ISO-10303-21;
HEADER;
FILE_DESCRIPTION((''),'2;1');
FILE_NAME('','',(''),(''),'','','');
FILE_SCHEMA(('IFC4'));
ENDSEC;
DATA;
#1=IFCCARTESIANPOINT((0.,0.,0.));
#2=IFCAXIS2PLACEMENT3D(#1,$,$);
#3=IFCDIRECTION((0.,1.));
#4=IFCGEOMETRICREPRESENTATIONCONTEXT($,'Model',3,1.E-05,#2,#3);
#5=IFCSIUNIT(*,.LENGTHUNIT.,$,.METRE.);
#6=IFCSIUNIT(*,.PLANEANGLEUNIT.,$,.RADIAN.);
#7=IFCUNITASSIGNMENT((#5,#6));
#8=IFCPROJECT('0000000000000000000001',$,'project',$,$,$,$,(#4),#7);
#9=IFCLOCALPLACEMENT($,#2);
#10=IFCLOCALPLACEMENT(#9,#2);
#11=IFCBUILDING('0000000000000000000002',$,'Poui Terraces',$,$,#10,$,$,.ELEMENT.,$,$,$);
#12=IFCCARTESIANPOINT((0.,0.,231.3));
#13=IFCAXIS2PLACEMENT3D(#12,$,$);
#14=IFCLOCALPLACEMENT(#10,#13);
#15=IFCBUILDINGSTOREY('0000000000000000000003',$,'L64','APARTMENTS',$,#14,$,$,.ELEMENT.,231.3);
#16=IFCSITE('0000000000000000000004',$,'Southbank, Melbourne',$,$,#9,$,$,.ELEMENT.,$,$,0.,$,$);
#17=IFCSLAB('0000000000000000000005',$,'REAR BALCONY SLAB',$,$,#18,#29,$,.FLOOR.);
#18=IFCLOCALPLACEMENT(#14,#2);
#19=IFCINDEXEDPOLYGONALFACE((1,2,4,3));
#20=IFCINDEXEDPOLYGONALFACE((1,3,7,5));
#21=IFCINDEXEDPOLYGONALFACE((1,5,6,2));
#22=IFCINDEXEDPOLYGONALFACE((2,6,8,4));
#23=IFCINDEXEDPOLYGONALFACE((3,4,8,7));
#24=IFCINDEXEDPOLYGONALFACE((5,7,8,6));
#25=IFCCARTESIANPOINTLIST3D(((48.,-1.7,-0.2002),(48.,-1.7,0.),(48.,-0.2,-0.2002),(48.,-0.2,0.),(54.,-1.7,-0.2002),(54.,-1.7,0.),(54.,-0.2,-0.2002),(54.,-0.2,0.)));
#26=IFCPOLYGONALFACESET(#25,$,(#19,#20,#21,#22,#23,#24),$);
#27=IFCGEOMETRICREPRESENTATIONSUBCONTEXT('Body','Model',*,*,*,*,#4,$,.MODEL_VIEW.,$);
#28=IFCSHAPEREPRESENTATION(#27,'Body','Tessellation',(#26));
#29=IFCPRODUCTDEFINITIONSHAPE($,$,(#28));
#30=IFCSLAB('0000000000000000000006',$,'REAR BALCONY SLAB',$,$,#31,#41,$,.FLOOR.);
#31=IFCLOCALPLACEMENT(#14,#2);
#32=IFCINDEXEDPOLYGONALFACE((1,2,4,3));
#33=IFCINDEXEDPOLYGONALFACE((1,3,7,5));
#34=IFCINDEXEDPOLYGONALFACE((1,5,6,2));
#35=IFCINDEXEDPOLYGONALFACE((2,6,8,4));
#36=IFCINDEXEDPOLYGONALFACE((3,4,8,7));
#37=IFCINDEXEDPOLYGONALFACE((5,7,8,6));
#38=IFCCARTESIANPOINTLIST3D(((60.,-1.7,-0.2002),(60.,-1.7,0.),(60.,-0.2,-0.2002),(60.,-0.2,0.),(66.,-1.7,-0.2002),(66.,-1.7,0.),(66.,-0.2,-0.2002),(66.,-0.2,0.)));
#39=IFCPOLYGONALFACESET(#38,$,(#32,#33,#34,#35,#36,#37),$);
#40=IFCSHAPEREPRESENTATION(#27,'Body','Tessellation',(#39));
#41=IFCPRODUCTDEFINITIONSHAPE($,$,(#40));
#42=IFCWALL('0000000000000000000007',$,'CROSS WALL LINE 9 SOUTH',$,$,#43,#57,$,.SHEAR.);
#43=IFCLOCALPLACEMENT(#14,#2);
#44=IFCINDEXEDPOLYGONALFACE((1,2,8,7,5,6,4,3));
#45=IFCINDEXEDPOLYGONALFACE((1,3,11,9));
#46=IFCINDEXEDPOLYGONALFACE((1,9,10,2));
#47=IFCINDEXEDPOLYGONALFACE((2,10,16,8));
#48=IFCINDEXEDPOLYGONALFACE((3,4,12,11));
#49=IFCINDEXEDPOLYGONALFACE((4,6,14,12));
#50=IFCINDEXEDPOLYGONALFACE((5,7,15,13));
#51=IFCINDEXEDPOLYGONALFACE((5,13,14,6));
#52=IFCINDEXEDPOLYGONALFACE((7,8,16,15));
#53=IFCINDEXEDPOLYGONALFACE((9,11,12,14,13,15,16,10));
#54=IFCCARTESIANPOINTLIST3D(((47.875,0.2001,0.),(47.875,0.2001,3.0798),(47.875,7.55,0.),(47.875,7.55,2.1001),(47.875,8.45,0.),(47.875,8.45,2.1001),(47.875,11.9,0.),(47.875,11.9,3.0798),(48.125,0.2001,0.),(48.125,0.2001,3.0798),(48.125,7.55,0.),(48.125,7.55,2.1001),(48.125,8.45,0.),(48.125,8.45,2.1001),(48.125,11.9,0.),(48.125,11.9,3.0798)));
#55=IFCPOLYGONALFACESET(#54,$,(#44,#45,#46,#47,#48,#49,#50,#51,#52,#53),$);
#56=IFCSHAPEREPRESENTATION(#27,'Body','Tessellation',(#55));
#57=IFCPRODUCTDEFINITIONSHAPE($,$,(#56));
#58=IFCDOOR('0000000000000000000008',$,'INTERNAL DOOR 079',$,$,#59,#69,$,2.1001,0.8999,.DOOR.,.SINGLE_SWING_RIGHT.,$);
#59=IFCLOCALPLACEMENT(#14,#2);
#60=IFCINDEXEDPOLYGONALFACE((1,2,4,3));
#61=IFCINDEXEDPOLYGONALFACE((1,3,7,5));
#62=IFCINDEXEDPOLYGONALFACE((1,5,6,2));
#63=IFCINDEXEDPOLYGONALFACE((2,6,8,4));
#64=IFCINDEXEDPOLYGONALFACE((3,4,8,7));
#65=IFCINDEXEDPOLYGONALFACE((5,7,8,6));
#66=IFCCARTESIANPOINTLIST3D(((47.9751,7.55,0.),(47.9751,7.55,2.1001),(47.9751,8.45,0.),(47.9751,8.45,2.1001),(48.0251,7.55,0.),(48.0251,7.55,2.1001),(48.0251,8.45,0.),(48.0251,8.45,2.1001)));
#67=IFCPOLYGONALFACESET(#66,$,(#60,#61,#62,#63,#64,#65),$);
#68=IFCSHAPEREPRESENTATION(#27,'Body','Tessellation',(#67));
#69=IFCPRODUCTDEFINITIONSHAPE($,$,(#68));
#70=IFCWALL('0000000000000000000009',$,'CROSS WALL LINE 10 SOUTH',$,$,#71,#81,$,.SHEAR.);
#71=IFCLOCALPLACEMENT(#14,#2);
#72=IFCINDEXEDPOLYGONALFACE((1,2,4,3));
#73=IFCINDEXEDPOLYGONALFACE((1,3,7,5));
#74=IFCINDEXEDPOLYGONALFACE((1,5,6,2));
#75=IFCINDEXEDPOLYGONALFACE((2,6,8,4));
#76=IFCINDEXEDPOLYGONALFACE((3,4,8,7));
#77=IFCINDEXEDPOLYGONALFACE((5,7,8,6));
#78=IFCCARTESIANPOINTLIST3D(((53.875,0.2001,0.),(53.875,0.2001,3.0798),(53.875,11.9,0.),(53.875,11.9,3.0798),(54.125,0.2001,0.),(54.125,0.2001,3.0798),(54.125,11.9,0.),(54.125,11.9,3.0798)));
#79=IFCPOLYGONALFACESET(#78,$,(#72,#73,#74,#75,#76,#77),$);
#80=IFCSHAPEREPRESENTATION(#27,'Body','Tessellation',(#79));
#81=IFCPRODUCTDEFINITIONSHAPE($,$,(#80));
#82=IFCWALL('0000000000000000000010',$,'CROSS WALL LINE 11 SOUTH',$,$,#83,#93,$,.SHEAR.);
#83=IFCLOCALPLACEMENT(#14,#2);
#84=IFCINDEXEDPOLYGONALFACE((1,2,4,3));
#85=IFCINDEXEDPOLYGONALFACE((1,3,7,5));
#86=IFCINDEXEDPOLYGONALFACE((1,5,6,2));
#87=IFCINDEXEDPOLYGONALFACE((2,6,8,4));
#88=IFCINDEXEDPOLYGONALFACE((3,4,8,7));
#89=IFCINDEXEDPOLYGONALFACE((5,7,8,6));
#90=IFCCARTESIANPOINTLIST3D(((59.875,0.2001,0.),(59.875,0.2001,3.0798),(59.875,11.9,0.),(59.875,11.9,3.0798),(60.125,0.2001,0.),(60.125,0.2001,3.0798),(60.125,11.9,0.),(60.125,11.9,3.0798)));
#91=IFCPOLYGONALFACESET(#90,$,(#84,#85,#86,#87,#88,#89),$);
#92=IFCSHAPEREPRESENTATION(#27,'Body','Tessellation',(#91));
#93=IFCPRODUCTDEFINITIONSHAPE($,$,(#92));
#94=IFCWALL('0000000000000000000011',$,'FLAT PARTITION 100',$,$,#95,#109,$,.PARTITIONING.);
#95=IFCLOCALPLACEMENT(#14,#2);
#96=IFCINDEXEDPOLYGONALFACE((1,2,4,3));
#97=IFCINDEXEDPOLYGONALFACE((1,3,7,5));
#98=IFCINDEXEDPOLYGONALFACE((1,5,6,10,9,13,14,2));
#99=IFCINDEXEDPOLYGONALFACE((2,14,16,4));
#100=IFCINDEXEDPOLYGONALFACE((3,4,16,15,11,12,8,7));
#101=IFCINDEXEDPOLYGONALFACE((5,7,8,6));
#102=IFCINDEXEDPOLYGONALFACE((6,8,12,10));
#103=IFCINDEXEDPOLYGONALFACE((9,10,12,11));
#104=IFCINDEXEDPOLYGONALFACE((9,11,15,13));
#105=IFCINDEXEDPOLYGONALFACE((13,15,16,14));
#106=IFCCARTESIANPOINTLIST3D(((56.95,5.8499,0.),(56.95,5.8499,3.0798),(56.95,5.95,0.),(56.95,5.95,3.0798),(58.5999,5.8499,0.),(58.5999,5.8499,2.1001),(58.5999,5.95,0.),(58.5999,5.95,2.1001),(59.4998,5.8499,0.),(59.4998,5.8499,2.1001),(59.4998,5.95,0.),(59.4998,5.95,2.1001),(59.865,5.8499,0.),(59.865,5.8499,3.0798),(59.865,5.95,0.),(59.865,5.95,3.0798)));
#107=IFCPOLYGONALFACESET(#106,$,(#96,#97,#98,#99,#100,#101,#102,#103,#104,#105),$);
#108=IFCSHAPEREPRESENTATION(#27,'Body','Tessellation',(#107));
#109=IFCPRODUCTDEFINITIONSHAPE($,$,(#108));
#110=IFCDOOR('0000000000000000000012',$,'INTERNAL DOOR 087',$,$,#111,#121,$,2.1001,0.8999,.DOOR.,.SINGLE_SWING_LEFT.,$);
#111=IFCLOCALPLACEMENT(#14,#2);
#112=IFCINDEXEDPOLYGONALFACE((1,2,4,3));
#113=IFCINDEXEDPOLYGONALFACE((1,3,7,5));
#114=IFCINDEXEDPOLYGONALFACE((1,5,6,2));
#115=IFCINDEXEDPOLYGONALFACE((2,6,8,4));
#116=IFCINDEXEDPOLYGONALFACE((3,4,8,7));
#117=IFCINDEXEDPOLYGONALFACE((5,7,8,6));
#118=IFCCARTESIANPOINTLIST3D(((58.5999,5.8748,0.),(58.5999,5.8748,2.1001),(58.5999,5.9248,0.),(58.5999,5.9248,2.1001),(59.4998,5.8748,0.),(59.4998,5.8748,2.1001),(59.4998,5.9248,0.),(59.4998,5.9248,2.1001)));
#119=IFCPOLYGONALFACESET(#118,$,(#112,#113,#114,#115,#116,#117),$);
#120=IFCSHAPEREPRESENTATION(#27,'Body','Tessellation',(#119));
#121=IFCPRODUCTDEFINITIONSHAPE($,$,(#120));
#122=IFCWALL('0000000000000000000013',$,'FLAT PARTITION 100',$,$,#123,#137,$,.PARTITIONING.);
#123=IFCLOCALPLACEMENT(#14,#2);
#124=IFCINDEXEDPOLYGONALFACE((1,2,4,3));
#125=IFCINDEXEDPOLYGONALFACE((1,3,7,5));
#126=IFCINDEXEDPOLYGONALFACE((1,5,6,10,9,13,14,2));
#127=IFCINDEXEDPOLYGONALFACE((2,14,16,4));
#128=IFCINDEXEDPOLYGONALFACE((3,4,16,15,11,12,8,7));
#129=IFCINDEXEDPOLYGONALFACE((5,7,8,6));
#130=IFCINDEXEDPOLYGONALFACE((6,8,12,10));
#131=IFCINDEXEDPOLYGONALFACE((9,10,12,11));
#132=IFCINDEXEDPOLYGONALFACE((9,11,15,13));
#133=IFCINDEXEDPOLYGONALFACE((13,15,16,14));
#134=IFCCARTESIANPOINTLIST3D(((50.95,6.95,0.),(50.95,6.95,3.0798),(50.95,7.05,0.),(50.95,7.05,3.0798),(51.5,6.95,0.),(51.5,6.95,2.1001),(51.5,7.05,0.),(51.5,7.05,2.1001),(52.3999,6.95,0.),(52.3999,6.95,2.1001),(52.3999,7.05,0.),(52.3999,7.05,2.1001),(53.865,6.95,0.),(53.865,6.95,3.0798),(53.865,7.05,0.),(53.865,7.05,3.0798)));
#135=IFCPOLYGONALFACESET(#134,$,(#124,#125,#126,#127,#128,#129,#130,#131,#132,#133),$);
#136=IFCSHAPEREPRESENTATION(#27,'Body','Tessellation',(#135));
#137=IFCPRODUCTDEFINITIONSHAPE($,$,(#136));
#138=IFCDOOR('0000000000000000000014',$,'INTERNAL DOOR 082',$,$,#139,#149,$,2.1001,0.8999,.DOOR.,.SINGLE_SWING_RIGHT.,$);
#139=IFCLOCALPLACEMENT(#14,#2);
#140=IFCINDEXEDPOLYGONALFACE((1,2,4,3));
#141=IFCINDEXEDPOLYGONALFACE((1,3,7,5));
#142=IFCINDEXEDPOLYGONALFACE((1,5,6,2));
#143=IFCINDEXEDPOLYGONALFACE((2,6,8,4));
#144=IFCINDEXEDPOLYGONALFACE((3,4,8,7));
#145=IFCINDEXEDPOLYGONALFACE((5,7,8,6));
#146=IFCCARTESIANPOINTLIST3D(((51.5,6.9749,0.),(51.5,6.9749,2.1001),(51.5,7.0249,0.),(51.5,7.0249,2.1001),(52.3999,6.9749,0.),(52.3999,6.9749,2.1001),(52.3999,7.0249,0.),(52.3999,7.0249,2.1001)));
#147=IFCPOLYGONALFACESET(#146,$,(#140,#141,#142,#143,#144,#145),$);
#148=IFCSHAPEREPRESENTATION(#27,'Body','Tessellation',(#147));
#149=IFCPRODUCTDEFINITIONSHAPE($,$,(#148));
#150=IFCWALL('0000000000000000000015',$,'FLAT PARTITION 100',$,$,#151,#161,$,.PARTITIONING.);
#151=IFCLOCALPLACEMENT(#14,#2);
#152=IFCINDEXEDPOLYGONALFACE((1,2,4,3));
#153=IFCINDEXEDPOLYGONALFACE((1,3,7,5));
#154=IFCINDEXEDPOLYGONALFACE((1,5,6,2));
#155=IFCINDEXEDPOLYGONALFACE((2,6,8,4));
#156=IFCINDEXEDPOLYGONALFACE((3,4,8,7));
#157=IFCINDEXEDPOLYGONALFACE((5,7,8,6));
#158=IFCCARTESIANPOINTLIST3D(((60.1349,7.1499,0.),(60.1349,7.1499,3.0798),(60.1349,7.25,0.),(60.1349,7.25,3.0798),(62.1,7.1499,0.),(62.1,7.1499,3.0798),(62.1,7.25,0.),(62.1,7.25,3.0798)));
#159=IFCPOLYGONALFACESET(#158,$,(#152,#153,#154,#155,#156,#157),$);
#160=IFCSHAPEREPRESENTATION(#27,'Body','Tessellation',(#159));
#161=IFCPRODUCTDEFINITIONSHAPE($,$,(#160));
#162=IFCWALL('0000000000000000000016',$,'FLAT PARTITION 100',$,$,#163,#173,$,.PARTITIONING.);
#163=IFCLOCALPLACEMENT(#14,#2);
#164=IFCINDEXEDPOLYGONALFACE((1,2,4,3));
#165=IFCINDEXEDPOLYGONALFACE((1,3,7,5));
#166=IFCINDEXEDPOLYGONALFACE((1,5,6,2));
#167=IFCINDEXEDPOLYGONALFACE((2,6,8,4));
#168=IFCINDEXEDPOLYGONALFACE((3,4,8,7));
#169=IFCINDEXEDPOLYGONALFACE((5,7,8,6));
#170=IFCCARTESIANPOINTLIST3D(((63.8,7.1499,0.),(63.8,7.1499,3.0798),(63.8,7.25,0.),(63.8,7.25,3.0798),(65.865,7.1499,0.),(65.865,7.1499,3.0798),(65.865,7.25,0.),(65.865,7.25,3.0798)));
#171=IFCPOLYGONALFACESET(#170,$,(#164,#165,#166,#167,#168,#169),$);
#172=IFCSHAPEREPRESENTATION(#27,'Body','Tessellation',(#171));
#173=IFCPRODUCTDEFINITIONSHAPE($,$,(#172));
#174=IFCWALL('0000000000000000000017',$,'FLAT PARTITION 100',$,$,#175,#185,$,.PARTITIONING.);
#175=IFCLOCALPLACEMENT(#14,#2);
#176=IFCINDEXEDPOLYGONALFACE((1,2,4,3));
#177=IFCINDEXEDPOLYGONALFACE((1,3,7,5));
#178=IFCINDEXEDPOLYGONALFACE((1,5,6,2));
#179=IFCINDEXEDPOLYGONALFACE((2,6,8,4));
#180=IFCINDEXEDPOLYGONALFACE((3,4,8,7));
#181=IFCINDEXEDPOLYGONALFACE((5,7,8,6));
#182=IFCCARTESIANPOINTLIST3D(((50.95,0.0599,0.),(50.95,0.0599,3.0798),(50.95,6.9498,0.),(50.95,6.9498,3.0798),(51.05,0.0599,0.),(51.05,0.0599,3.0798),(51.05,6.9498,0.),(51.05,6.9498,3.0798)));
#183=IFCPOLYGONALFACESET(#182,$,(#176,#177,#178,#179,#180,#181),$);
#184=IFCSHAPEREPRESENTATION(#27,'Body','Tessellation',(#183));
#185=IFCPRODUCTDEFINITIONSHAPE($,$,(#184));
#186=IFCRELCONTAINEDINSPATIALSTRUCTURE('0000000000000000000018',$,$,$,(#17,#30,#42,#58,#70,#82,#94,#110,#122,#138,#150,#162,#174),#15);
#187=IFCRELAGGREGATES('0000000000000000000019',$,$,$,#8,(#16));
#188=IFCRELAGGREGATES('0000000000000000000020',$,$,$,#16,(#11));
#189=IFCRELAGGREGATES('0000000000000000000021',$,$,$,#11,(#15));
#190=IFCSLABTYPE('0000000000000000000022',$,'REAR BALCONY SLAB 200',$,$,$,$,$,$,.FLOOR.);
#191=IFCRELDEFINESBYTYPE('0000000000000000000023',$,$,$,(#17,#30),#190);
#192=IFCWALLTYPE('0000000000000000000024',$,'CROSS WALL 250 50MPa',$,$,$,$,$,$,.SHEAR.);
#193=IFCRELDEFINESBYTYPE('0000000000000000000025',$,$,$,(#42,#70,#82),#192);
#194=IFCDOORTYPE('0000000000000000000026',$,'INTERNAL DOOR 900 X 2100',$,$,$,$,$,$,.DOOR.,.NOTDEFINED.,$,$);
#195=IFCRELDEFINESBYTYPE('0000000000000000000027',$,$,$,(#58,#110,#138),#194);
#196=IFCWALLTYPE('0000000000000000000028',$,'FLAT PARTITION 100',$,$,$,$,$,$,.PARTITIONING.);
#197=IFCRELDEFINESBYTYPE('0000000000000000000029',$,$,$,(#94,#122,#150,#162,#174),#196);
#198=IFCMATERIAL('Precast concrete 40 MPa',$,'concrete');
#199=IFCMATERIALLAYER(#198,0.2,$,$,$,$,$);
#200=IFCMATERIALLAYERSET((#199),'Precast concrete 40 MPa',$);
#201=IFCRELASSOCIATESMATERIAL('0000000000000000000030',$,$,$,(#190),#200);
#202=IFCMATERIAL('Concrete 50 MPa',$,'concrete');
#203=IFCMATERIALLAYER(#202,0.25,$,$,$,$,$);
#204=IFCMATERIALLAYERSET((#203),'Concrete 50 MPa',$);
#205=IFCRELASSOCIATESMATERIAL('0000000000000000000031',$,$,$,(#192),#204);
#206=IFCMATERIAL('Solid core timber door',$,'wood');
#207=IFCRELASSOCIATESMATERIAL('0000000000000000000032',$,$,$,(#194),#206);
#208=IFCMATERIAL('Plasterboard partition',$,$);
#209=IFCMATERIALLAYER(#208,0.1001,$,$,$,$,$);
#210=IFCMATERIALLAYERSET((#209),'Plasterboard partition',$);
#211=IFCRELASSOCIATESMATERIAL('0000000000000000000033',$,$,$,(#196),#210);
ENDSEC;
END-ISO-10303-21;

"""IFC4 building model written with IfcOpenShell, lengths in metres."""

from ifc_helpers import new_model, si_unit, direction, frame, frame_2d, origin, place, context, subcontext, project, spatial, polyline, rectangle, outline, extrude, source, transform, mapped, material, layer, layer_set, type_object, element, fill, save


model = new_model("IFC4")

# Units and contexts
model_context = context("Model", 3, precision=1e-05, world=origin(), true_north=direction((0.0, 1.0)))
body_context = subcontext(model_context, "Body", "Model", "MODEL_VIEW")
ifc_project = project(units=[si_unit("LENGTHUNIT", "METRE"), si_unit("PLANEANGLEUNIT", "RADIAN")], contexts=[model_context])

# Site, building, storey
site_placement = place(None, origin())
site = spatial("IfcSite", under=ifc_project, at=site_placement, Name="Southbank, Melbourne", CompositionType="ELEMENT", RefElevation=0.0)
building_placement = place(site_placement, origin())
building = spatial("IfcBuilding", under=site, at=building_placement, Name="Poui Terraces", CompositionType="ELEMENT")
storey_placement = place(building_placement, frame((0.0, 0.0, 231.3)))
storey = spatial("IfcBuildingStorey", under=building, at=storey_placement, Name="L64", Description="APARTMENTS", CompositionType="ELEMENT", Elevation=231.3)

# Slabs
ifc_material_1 = material(Name="Precast concrete 40 MPa", Category="concrete")
ifc_layer_1 = layer(ifc_material_1, 0.2)
ifc_layer_set_1 = layer_set([ifc_layer_1], Name="Precast concrete 40 MPa")
slab_type = type_object("IfcSlabType", Name="REAR BALCONY SLAB 200", PredefinedType="FLOOR", material=ifc_layer_set_1)
shared_shape_1 = source(origin(), body_context, "Body", "SweptSolid", [
    extrude(outline(polyline([(0.0, 0.0), (6.0, 0.0), (6.0, 1.5), (0.0, 1.5), (0.0, 0.0)])), origin(), (0.0, 0.0, 1.0), 0.2002),
])
for number, where, name in (
    (1, (48.0, -1.7, -0.2002), "REAR BALCONY SLAB"),
    (2, (60.0, -1.7, -0.2002), "REAR BALCONY SLAB"),
):
    element("IfcSlab", number, at=place(storey_placement, frame(where)), inside=storey, type_object=slab_type, Name=name, PredefinedType="FLOOR", context=body_context, shape_type="MappedRepresentation", body=[
        mapped(shared_shape_1, transform((0.0, 0.0, 0.0))),
    ])

# Wall, opening, door
ifc_material_2 = material(Name="Concrete 50 MPa", Category="concrete")
ifc_layer_2 = layer(ifc_material_2, 0.25)
ifc_layer_set_2 = layer_set([ifc_layer_2], Name="Concrete 50 MPa")
wall_type_1 = type_object("IfcWallType", Name="CROSS WALL 250 50MPa", PredefinedType="SHEAR", material=ifc_layer_set_2)
wall_1_placement = place(storey_placement, frame((48.0, 0.2, 0.0), z_axis=(0.0, 0.0, 1.0), x_axis=(0.0, 1.0, 0.0)))
wall_1 = element("IfcWall", 3, at=wall_1_placement, inside=storey, type_object=wall_type_1, Name="CROSS WALL LINE 9 SOUTH", PredefinedType="SHEAR", context=body_context, shape_type="SweptSolid", body=[
    extrude(rectangle(XDim=11.7, YDim=0.25, at=frame_2d((5.8501, 0.0))), origin(), (0.0, 0.0, 1.0), 3.0798),
])
opening_1_placement = place(wall_1_placement, frame((7.3501, 0.0, 0.0)))
opening_1 = element("IfcOpeningElement", 4, at=opening_1_placement, cuts=wall_1, PredefinedType="OPENING", context=body_context, shape_type="SweptSolid", body=[
    extrude(rectangle(XDim=0.8999, YDim=2.1001, at=frame_2d((0.45, 1.05))), frame((0.0, 0.135, 0.0), z_axis=(0.0, -1.0, 0.0), x_axis=(1.0, 0.0, 0.0)), (0.0, 0.0, 1.0), 0.27),
])
ifc_material_3 = material(Name="Solid core timber door", Category="wood")
door_type_1 = type_object("IfcDoorType", Name="INTERNAL DOOR 900 X 2100", OperationType="NOTDEFINED", PredefinedType="DOOR", material=ifc_material_3)
door_1_placement = place(opening_1_placement, origin())
door_1 = element("IfcDoor", 5, at=door_1_placement, inside=storey, type_object=door_type_1, Name="INTERNAL DOOR 079", OperationType="SINGLE_SWING_RIGHT", OverallHeight=2.1001, OverallWidth=0.8999, PredefinedType="DOOR", context=body_context, shape_type="SweptSolid", body=[
    extrude(rectangle(XDim=0.8999, YDim=2.1001, at=frame_2d((0.45, 1.05))), frame((0.0, 0.0249, 0.0), z_axis=(0.0, -1.0, 0.0), x_axis=(1.0, 0.0, 0.0)), (0.0, 0.0, 1.0), 0.05),
])
fill(opening_1, door_1)

# Walls
for number, where, z_axis, x_axis, name in (
    (6, (54.0, 0.2, 0.0), (0.0, 0.0, 1.0), (0.0, 1.0, 0.0), "CROSS WALL LINE 10 SOUTH"),
    (7, (60.0, 0.2, 0.0), (0.0, 0.0, 1.0), (0.0, 1.0, 0.0), "CROSS WALL LINE 11 SOUTH"),
):
    element("IfcWall", number, at=place(storey_placement, frame(where, z_axis=z_axis, x_axis=x_axis)), inside=storey, type_object=wall_type_1, Name=name, PredefinedType="SHEAR", context=body_context, shape_type="SweptSolid", body=[
        extrude(rectangle(XDim=11.7, YDim=0.25, at=frame_2d((5.8501, 0.0))), origin(), (0.0, 0.0, 1.0), 3.0798),
    ])

# Walls, openings, doors
ifc_material_4 = material(Name="Plasterboard partition")
ifc_layer_3 = layer(ifc_material_4, 0.1001)
ifc_layer_set_3 = layer_set([ifc_layer_3], Name="Plasterboard partition")
wall_type_2 = type_object("IfcWallType", Name="FLAT PARTITION 100", PredefinedType="PARTITIONING", material=ifc_layer_set_3)
wall_2_placement = place(storey_placement, frame((56.95, 5.8999, 0.0), z_axis=(0.0, 0.0, 1.0), x_axis=(1.0, 0.0, 0.0)))
wall_2 = element("IfcWall", 8, at=wall_2_placement, inside=storey, type_object=wall_type_2, Name="FLAT PARTITION 100", PredefinedType="PARTITIONING", context=body_context, shape_type="SweptSolid", body=[
    extrude(rectangle(XDim=2.915, YDim=0.1001, at=frame_2d((1.4575, 0.0))), origin(), (0.0, 0.0, 1.0), 3.0798),
])
opening_2_placement = place(wall_2_placement, frame((1.6499, 0.0, 0.0)))
opening_2 = element("IfcOpeningElement", 9, at=opening_2_placement, cuts=wall_2, PredefinedType="OPENING", context=body_context, shape_type="SweptSolid", body=[
    extrude(rectangle(XDim=0.8999, YDim=2.1001, at=frame_2d((0.45, 1.05))), frame((0.0, 0.0601, 0.0), z_axis=(0.0, -1.0, 0.0), x_axis=(1.0, 0.0, 0.0)), (0.0, 0.0, 1.0), 0.1201),
])
door_2_placement = place(opening_2_placement, origin())
door_2 = element("IfcDoor", 10, at=door_2_placement, inside=storey, type_object=door_type_1, Name="INTERNAL DOOR 087", OperationType="SINGLE_SWING_LEFT", OverallHeight=2.1001, OverallWidth=0.8999, PredefinedType="DOOR", context=body_context, shape_type="SweptSolid", body=[
    extrude(rectangle(XDim=0.8999, YDim=2.1001, at=frame_2d((0.45, 1.05))), frame((0.0, 0.0249, 0.0), z_axis=(0.0, -1.0, 0.0), x_axis=(1.0, 0.0, 0.0)), (0.0, 0.0, 1.0), 0.05),
])
fill(opening_2, door_2)
wall_3_placement = place(storey_placement, frame((50.95, 7.0, 0.0), z_axis=(0.0, 0.0, 1.0), x_axis=(1.0, 0.0, 0.0)))
wall_3 = element("IfcWall", 11, at=wall_3_placement, inside=storey, type_object=wall_type_2, Name="FLAT PARTITION 100", PredefinedType="PARTITIONING", context=body_context, shape_type="SweptSolid", body=[
    extrude(rectangle(XDim=2.915, YDim=0.1001, at=frame_2d((1.4575, 0.0))), origin(), (0.0, 0.0, 1.0), 3.0798),
])
opening_3_placement = place(wall_3_placement, frame((0.55, 0.0, 0.0)))
opening_3 = element("IfcOpeningElement", 12, at=opening_3_placement, cuts=wall_3, PredefinedType="OPENING", context=body_context, shape_type="SweptSolid", body=[
    extrude(rectangle(XDim=0.8999, YDim=2.1001, at=frame_2d((0.45, 1.05))), frame((0.0, 0.0601, 0.0), z_axis=(0.0, -1.0, 0.0), x_axis=(1.0, 0.0, 0.0)), (0.0, 0.0, 1.0), 0.1201),
])
door_3_placement = place(opening_3_placement, origin())
door_3 = element("IfcDoor", 13, at=door_3_placement, inside=storey, type_object=door_type_1, Name="INTERNAL DOOR 082", OperationType="SINGLE_SWING_RIGHT", OverallHeight=2.1001, OverallWidth=0.8999, PredefinedType="DOOR", context=body_context, shape_type="SweptSolid", body=[
    extrude(rectangle(XDim=0.8999, YDim=2.1001, at=frame_2d((0.45, 1.05))), frame((0.0, 0.0249, 0.0), z_axis=(0.0, -1.0, 0.0), x_axis=(1.0, 0.0, 0.0)), (0.0, 0.0, 1.0), 0.05),
])
fill(opening_3, door_3)

# Walls
wall_4_placement = place(storey_placement, frame((60.135, 7.2, 0.0), z_axis=(0.0, 0.0, 1.0), x_axis=(1.0, 0.0, 0.0)))
element("IfcWall", 14, at=wall_4_placement, inside=storey, type_object=wall_type_2, Name="FLAT PARTITION 100", PredefinedType="PARTITIONING", context=body_context, shape_type="SweptSolid", body=[
    extrude(rectangle(XDim=1.9651, YDim=0.1001, at=frame_2d((0.9824, 0.0))), origin(), (0.0, 0.0, 1.0), 3.0798),
])
wall_5_placement = place(storey_placement, frame((63.8, 7.2, 0.0), z_axis=(0.0, 0.0, 1.0), x_axis=(1.0, 0.0, 0.0)))
element("IfcWall", 15, at=wall_5_placement, inside=storey, type_object=wall_type_2, Name="FLAT PARTITION 100", PredefinedType="PARTITIONING", context=body_context, shape_type="SweptSolid", body=[
    extrude(rectangle(XDim=2.0649, YDim=0.1001, at=frame_2d((1.0325, 0.0))), origin(), (0.0, 0.0, 1.0), 3.0798),
])
wall_6_placement = place(storey_placement, frame((51.0, 0.0601, 0.0), z_axis=(0.0, 0.0, 1.0), x_axis=(0.0, 1.0, 0.0)))
element("IfcWall", 16, at=wall_6_placement, inside=storey, type_object=wall_type_2, Name="FLAT PARTITION 100", PredefinedType="PARTITIONING", context=body_context, shape_type="SweptSolid", body=[
    extrude(rectangle(XDim=6.8899, YDim=0.1001, at=frame_2d((3.4448, 0.0))), origin(), (0.0, 0.0, 1.0), 3.0798),
])

save(model, "model.ifc")
